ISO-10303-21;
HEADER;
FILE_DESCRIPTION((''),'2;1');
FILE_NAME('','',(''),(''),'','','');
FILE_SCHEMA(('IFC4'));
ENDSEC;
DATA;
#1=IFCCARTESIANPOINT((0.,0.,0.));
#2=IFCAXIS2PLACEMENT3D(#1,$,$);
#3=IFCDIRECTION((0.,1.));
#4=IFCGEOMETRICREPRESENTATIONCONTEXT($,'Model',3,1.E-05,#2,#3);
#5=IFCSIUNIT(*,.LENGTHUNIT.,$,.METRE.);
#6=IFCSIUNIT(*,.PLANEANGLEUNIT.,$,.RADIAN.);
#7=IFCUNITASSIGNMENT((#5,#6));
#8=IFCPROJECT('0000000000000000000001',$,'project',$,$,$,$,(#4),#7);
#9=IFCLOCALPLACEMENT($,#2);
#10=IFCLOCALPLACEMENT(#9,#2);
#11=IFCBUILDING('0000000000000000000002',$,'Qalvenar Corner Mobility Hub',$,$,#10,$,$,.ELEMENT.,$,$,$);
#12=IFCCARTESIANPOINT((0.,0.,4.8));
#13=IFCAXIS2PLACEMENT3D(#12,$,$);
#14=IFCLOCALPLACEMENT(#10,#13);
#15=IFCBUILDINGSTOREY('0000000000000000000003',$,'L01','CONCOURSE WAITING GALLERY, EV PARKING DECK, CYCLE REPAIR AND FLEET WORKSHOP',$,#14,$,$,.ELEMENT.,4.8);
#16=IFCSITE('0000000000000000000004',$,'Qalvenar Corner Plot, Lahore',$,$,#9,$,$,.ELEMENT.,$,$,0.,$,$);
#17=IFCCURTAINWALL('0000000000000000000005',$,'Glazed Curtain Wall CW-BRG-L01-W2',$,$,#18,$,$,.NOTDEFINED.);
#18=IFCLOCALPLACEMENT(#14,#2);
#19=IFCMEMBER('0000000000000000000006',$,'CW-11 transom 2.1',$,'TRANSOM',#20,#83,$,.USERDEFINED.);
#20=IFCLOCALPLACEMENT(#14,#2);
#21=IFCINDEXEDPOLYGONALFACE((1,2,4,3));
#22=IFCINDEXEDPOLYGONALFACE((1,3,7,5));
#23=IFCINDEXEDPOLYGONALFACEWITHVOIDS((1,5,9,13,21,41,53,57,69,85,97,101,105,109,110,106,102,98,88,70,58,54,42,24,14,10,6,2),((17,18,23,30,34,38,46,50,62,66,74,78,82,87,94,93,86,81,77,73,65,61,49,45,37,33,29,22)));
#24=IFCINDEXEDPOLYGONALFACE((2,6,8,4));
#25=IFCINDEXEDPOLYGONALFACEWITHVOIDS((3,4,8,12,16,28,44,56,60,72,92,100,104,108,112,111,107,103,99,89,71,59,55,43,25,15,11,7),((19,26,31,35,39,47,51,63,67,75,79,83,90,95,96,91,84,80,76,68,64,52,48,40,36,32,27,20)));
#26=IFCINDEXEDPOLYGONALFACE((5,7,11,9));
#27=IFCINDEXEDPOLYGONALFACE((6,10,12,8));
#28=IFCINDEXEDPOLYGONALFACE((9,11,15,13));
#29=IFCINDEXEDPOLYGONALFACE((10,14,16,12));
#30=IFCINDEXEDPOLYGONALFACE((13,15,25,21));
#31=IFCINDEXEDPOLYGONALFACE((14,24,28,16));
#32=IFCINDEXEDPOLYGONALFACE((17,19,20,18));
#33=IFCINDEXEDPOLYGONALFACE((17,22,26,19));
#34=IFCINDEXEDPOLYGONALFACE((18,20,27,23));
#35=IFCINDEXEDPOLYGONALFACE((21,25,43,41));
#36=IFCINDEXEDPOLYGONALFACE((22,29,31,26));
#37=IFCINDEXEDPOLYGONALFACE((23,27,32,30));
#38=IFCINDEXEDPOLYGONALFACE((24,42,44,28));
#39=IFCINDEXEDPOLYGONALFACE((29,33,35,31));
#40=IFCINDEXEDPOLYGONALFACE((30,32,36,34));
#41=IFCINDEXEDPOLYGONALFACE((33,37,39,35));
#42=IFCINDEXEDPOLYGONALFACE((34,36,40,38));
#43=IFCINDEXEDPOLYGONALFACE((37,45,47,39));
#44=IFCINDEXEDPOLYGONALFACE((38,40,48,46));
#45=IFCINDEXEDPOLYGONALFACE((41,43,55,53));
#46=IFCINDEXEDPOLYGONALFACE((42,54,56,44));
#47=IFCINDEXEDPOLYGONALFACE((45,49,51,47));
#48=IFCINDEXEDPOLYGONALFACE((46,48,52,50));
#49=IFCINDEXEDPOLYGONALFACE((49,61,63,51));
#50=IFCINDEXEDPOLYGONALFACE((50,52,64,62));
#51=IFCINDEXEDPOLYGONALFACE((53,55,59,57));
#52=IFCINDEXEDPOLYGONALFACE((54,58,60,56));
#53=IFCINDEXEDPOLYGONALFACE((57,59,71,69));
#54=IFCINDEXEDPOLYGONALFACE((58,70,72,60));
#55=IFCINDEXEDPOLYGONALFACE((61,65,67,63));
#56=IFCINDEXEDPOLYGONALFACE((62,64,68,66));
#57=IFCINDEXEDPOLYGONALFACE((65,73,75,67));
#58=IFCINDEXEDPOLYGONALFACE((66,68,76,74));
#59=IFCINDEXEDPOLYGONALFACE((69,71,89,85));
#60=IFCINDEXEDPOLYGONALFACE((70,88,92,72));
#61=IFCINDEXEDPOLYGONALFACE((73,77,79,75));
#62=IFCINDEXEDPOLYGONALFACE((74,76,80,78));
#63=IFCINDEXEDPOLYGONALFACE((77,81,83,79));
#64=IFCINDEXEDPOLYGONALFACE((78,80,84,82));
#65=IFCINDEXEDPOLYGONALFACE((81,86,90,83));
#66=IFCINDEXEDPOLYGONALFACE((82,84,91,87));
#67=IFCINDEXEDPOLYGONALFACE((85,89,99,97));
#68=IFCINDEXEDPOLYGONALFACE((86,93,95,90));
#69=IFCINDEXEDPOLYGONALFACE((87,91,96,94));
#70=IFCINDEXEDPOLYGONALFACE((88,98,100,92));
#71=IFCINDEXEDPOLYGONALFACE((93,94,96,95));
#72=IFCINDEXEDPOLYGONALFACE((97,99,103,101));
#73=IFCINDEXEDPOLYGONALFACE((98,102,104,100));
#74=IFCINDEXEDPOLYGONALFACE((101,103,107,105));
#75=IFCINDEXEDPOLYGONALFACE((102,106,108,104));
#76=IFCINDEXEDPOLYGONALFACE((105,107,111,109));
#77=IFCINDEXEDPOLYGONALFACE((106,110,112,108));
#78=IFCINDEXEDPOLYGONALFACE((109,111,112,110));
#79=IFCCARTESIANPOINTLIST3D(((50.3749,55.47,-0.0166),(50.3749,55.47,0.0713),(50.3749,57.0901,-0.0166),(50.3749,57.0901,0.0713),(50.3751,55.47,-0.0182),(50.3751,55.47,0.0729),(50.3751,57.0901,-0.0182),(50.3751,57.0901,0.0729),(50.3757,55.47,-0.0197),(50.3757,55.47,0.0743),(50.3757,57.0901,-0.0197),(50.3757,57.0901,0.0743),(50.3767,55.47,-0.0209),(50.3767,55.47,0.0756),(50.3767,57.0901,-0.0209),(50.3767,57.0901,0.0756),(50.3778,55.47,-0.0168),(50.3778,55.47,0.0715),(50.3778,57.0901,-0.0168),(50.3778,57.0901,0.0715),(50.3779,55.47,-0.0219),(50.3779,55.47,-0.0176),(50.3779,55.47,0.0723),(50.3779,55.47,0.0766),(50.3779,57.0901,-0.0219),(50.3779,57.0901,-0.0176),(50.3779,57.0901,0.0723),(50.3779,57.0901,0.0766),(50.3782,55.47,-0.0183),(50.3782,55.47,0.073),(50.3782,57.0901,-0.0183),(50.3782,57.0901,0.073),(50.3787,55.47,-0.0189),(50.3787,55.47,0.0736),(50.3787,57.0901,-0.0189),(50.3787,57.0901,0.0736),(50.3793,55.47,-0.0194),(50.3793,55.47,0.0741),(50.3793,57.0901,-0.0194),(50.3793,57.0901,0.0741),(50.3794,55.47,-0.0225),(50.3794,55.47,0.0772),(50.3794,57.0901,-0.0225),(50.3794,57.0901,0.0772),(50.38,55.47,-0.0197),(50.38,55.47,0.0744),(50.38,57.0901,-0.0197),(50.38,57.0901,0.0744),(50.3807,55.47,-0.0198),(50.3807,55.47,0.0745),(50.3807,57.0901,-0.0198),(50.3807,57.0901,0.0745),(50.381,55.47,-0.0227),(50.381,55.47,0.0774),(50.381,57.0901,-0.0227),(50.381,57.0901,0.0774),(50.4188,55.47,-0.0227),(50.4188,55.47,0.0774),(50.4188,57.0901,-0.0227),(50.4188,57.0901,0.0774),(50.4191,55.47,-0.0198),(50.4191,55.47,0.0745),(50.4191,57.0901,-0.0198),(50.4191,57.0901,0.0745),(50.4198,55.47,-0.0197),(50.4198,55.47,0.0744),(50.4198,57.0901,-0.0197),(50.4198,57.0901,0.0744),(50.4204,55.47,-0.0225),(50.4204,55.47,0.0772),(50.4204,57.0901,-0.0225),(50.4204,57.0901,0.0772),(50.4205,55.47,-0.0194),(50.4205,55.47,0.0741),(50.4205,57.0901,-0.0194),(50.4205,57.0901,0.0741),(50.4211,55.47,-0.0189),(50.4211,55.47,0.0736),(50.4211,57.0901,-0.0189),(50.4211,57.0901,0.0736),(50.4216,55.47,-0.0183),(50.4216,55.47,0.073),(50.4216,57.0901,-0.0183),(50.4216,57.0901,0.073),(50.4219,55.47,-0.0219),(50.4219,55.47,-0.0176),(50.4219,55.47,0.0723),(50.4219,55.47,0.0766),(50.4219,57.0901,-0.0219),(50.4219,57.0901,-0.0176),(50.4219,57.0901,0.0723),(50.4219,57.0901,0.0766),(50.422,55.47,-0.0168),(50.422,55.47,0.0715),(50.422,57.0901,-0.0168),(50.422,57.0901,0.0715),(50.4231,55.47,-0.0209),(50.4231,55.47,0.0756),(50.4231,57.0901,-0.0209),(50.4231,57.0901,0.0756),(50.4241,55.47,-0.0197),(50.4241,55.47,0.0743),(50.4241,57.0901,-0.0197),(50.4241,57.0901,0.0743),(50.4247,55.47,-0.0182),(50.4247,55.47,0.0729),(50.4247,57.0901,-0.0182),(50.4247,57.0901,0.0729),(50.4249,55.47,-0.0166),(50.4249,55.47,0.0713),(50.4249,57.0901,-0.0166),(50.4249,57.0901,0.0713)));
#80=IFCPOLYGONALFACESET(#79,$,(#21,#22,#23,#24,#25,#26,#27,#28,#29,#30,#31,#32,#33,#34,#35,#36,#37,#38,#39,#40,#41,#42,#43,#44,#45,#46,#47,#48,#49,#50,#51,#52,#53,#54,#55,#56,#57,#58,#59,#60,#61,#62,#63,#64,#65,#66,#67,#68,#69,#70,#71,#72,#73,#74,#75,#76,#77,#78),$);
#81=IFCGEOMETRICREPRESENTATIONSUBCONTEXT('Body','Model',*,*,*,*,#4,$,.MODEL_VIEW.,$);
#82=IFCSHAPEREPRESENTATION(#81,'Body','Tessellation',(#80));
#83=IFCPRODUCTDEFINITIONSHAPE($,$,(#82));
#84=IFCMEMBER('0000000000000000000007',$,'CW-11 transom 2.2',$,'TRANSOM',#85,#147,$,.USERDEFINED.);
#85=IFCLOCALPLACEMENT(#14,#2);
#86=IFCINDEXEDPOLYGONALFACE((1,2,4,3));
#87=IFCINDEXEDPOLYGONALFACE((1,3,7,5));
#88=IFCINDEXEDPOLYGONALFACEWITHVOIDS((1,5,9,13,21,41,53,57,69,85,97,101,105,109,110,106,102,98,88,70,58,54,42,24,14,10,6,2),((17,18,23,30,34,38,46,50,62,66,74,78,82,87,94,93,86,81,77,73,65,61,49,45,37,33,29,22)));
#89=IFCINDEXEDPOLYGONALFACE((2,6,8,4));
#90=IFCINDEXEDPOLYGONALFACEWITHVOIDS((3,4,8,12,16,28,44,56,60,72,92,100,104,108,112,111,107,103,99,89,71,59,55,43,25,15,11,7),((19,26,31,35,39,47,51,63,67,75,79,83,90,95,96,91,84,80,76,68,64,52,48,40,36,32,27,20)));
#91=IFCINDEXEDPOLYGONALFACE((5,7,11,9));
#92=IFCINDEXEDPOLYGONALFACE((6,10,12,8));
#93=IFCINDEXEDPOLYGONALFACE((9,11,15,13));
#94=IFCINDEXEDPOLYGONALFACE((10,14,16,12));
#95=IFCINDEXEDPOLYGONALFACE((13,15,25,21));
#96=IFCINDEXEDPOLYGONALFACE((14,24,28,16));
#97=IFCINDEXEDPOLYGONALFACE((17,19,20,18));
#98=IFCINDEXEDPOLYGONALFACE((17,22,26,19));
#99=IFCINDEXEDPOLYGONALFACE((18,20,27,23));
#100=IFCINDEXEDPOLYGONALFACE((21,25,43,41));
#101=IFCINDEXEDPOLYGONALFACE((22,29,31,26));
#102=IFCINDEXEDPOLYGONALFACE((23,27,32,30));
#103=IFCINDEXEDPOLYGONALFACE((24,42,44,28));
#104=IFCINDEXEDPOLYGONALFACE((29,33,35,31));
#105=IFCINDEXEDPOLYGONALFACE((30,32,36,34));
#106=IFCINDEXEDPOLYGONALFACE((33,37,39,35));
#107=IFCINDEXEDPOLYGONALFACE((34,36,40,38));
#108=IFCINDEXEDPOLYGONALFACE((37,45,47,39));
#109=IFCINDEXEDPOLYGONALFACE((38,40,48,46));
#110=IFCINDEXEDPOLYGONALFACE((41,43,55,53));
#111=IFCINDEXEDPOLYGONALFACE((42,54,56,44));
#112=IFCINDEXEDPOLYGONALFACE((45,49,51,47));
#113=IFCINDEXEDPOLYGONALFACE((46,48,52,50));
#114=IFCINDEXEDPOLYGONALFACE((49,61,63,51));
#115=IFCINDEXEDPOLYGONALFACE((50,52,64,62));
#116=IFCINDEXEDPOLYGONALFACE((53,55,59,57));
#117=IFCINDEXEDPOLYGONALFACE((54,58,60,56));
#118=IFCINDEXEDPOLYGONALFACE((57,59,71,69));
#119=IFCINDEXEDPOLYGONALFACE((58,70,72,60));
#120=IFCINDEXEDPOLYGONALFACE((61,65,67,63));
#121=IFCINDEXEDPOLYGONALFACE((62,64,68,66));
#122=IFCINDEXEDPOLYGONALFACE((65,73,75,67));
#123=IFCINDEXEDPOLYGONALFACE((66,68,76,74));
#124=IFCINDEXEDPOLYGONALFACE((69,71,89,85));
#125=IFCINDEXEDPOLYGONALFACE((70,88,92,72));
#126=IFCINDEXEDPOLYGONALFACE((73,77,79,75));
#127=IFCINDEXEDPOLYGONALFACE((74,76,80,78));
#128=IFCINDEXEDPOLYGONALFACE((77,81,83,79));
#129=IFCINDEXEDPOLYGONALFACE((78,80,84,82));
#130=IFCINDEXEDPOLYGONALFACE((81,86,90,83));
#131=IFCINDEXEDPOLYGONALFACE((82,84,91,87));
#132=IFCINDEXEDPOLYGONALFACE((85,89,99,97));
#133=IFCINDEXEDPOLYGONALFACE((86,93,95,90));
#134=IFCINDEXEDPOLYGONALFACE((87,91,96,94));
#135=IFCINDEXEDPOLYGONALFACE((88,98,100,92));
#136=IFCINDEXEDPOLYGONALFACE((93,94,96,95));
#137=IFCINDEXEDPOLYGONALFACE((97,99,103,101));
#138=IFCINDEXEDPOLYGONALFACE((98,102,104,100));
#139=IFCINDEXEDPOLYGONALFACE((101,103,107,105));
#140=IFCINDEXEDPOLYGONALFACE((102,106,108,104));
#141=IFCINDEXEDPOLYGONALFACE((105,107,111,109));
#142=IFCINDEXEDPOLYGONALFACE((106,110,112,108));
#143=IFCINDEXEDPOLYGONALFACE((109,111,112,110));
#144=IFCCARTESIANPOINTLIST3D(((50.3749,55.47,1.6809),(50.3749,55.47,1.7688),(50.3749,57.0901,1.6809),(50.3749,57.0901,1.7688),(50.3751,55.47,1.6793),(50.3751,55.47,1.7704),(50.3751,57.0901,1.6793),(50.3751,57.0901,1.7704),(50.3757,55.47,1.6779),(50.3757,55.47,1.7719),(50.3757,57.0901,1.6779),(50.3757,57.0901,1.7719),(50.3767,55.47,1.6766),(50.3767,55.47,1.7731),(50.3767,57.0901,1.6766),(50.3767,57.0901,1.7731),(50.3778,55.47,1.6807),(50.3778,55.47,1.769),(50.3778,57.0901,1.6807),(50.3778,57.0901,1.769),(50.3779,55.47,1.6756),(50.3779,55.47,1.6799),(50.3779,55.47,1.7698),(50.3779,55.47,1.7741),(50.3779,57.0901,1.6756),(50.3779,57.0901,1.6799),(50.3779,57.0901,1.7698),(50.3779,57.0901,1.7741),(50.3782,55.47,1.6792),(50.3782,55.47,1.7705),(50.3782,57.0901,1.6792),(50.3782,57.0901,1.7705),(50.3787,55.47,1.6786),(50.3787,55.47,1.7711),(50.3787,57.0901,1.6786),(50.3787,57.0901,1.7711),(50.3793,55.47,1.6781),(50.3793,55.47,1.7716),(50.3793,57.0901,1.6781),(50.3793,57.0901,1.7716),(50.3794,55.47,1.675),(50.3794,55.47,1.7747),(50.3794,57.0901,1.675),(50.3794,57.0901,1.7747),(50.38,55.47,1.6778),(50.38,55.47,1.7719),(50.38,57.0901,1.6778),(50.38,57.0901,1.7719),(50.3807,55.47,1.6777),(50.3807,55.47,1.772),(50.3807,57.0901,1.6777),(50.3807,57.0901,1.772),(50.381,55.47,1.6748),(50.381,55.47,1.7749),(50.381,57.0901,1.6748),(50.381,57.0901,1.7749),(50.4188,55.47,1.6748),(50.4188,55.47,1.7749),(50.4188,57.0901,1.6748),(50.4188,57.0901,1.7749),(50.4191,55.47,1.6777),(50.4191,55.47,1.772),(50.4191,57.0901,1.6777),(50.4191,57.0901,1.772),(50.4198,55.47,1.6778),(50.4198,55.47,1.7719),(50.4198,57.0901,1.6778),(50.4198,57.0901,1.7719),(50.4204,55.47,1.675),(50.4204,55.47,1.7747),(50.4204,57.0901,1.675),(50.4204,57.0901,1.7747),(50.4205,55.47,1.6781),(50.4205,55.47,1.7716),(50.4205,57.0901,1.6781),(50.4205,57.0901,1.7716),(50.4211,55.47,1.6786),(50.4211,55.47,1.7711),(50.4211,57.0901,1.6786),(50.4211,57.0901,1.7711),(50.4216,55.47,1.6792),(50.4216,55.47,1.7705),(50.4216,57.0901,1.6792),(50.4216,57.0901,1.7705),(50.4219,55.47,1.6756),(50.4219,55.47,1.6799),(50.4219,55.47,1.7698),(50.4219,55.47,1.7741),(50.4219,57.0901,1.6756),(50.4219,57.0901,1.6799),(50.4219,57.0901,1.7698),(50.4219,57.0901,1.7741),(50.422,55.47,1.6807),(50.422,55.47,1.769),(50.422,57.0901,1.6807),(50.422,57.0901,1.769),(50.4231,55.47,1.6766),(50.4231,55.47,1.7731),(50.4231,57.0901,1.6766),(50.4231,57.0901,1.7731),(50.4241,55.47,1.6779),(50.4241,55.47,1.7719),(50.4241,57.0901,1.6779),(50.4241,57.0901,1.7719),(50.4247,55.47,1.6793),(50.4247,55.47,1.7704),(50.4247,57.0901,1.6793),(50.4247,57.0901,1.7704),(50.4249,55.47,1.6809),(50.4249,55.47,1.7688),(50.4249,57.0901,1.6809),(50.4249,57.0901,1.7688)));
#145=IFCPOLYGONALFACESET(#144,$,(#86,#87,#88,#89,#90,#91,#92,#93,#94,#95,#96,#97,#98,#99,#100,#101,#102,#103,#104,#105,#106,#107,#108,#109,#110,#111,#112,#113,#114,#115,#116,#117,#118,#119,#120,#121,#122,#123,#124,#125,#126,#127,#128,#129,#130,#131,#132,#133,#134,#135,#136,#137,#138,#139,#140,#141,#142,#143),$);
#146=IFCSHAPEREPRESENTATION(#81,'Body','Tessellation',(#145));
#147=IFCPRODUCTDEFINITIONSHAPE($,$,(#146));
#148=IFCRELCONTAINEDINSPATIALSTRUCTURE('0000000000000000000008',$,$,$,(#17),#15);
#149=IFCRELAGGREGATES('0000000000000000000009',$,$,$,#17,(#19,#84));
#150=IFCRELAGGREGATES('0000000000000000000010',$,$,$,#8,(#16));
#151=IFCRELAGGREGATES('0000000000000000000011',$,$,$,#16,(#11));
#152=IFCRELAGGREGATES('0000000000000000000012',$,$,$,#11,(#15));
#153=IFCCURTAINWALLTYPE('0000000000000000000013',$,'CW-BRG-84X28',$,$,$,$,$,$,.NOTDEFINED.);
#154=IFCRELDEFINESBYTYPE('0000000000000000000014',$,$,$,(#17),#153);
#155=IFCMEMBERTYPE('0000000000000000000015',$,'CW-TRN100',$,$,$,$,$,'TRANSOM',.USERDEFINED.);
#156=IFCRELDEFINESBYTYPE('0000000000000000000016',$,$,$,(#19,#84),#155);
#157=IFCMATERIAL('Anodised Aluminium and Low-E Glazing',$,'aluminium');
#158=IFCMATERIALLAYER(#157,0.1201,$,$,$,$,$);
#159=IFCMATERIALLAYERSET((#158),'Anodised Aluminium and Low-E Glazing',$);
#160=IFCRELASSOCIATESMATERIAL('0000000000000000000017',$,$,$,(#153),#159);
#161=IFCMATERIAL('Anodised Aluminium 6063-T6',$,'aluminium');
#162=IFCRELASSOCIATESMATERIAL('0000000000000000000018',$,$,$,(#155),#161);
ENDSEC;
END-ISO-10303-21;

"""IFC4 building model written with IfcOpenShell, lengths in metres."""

from ifc_helpers import new_model, si_unit, direction, frame, origin, origin_2d, place, context, subcontext, project, spatial, hollow_rectangle, extrude, material, layer, layer_set, material_profile, profile_set, type_object, element, aggregate, save


model = new_model("IFC4")

# Units and contexts
model_context = context("Model", 3, precision=1e-05, world=origin(), true_north=direction((0.0, 1.0)))
body_context = subcontext(model_context, "Body", "Model", "MODEL_VIEW")
ifc_project = project(units=[si_unit("LENGTHUNIT", "METRE"), si_unit("PLANEANGLEUNIT", "RADIAN")], contexts=[model_context])

# Site, building, storey
site_placement = place(None, origin())
site = spatial("IfcSite", under=ifc_project, at=site_placement, Name="Qalvenar Corner Plot, Lahore", CompositionType="ELEMENT", RefElevation=0.0)
building_placement = place(site_placement, origin())
building = spatial("IfcBuilding", under=site, at=building_placement, Name="Qalvenar Corner Mobility Hub", CompositionType="ELEMENT")
storey_placement = place(building_placement, frame((0.0, 0.0, 4.8)))
storey = spatial("IfcBuildingStorey", under=building, at=storey_placement, Name="L01", Description="CONCOURSE WAITING GALLERY, EV PARKING DECK, CYCLE REPAIR AND FLEET WORKSHOP", CompositionType="ELEMENT", Elevation=4.8)

# Curtain wall, members
ifc_material_1 = material(Name="Anodised Aluminium and Low-E Glazing", Category="aluminium")
ifc_layer_1 = layer(ifc_material_1, 0.1201)
ifc_layer_set_1 = layer_set([ifc_layer_1], Name="Anodised Aluminium and Low-E Glazing")
curtain_wall_type = type_object("IfcCurtainWallType", Name="CW-BRG-84X28", PredefinedType="NOTDEFINED", material=ifc_layer_set_1)
curtain_wall_placement = place(storey_placement, origin())
curtain_wall = element("IfcCurtainWall", 1, at=curtain_wall_placement, inside=storey, type_object=curtain_wall_type, Name="Glazed Curtain Wall CW-BRG-L01-W2", PredefinedType="NOTDEFINED")
ifc_material_2 = material(Name="Anodised Aluminium 6063-T6", Category="aluminium")
ifc_material_profile_1 = material_profile(ifc_material_2, hollow_rectangle(XDim=0.05, YDim=0.1001, WallThickness=0.0029, InnerFilletRadius=0.0029, OuterFilletRadius=0.0061, at=origin_2d()), Name="RHS100x50x3")
ifc_profile_set_1 = profile_set([ifc_material_profile_1], Name="Anodised Aluminium 6063-T6")
member_type_1 = type_object("IfcMemberType", Name="CW-TRN100", ElementType="TRANSOM", PredefinedType="USERDEFINED", material=ifc_profile_set_1)
member_1_placement = place(storey_placement, frame((50.3999, 57.0901, 0.0273), z_axis=(0.0, -1.0, 0.0), x_axis=(1.0, 0.0, 0.0)))
member_1 = element("IfcMember", 2, at=member_1_placement, type_object=member_type_1, Name="CW-11 transom 2.1", ObjectType="TRANSOM", PredefinedType="USERDEFINED", context=body_context, shape_type="SweptSolid", body=[
    extrude(hollow_rectangle(XDim=0.05, YDim=0.1001, WallThickness=0.0029, InnerFilletRadius=0.0029, OuterFilletRadius=0.0061, at=origin_2d()), origin(), (0.0, 0.0, 1.0), 1.6201),
])
member_2_placement = place(storey_placement, frame((50.3999, 57.0901, 1.7249), z_axis=(0.0, -1.0, 0.0), x_axis=(1.0, 0.0, 0.0)))
member_2 = element("IfcMember", 3, at=member_2_placement, type_object=member_type_1, Name="CW-11 transom 2.2", ObjectType="TRANSOM", PredefinedType="USERDEFINED", context=body_context, shape_type="SweptSolid", body=[
    extrude(hollow_rectangle(XDim=0.05, YDim=0.1001, WallThickness=0.0029, InnerFilletRadius=0.0029, OuterFilletRadius=0.0061, at=origin_2d()), origin(), (0.0, 0.0, 1.0), 1.6201),
])
aggregate(curtain_wall, [member_1, member_2])

save(model, "model.ifc")
